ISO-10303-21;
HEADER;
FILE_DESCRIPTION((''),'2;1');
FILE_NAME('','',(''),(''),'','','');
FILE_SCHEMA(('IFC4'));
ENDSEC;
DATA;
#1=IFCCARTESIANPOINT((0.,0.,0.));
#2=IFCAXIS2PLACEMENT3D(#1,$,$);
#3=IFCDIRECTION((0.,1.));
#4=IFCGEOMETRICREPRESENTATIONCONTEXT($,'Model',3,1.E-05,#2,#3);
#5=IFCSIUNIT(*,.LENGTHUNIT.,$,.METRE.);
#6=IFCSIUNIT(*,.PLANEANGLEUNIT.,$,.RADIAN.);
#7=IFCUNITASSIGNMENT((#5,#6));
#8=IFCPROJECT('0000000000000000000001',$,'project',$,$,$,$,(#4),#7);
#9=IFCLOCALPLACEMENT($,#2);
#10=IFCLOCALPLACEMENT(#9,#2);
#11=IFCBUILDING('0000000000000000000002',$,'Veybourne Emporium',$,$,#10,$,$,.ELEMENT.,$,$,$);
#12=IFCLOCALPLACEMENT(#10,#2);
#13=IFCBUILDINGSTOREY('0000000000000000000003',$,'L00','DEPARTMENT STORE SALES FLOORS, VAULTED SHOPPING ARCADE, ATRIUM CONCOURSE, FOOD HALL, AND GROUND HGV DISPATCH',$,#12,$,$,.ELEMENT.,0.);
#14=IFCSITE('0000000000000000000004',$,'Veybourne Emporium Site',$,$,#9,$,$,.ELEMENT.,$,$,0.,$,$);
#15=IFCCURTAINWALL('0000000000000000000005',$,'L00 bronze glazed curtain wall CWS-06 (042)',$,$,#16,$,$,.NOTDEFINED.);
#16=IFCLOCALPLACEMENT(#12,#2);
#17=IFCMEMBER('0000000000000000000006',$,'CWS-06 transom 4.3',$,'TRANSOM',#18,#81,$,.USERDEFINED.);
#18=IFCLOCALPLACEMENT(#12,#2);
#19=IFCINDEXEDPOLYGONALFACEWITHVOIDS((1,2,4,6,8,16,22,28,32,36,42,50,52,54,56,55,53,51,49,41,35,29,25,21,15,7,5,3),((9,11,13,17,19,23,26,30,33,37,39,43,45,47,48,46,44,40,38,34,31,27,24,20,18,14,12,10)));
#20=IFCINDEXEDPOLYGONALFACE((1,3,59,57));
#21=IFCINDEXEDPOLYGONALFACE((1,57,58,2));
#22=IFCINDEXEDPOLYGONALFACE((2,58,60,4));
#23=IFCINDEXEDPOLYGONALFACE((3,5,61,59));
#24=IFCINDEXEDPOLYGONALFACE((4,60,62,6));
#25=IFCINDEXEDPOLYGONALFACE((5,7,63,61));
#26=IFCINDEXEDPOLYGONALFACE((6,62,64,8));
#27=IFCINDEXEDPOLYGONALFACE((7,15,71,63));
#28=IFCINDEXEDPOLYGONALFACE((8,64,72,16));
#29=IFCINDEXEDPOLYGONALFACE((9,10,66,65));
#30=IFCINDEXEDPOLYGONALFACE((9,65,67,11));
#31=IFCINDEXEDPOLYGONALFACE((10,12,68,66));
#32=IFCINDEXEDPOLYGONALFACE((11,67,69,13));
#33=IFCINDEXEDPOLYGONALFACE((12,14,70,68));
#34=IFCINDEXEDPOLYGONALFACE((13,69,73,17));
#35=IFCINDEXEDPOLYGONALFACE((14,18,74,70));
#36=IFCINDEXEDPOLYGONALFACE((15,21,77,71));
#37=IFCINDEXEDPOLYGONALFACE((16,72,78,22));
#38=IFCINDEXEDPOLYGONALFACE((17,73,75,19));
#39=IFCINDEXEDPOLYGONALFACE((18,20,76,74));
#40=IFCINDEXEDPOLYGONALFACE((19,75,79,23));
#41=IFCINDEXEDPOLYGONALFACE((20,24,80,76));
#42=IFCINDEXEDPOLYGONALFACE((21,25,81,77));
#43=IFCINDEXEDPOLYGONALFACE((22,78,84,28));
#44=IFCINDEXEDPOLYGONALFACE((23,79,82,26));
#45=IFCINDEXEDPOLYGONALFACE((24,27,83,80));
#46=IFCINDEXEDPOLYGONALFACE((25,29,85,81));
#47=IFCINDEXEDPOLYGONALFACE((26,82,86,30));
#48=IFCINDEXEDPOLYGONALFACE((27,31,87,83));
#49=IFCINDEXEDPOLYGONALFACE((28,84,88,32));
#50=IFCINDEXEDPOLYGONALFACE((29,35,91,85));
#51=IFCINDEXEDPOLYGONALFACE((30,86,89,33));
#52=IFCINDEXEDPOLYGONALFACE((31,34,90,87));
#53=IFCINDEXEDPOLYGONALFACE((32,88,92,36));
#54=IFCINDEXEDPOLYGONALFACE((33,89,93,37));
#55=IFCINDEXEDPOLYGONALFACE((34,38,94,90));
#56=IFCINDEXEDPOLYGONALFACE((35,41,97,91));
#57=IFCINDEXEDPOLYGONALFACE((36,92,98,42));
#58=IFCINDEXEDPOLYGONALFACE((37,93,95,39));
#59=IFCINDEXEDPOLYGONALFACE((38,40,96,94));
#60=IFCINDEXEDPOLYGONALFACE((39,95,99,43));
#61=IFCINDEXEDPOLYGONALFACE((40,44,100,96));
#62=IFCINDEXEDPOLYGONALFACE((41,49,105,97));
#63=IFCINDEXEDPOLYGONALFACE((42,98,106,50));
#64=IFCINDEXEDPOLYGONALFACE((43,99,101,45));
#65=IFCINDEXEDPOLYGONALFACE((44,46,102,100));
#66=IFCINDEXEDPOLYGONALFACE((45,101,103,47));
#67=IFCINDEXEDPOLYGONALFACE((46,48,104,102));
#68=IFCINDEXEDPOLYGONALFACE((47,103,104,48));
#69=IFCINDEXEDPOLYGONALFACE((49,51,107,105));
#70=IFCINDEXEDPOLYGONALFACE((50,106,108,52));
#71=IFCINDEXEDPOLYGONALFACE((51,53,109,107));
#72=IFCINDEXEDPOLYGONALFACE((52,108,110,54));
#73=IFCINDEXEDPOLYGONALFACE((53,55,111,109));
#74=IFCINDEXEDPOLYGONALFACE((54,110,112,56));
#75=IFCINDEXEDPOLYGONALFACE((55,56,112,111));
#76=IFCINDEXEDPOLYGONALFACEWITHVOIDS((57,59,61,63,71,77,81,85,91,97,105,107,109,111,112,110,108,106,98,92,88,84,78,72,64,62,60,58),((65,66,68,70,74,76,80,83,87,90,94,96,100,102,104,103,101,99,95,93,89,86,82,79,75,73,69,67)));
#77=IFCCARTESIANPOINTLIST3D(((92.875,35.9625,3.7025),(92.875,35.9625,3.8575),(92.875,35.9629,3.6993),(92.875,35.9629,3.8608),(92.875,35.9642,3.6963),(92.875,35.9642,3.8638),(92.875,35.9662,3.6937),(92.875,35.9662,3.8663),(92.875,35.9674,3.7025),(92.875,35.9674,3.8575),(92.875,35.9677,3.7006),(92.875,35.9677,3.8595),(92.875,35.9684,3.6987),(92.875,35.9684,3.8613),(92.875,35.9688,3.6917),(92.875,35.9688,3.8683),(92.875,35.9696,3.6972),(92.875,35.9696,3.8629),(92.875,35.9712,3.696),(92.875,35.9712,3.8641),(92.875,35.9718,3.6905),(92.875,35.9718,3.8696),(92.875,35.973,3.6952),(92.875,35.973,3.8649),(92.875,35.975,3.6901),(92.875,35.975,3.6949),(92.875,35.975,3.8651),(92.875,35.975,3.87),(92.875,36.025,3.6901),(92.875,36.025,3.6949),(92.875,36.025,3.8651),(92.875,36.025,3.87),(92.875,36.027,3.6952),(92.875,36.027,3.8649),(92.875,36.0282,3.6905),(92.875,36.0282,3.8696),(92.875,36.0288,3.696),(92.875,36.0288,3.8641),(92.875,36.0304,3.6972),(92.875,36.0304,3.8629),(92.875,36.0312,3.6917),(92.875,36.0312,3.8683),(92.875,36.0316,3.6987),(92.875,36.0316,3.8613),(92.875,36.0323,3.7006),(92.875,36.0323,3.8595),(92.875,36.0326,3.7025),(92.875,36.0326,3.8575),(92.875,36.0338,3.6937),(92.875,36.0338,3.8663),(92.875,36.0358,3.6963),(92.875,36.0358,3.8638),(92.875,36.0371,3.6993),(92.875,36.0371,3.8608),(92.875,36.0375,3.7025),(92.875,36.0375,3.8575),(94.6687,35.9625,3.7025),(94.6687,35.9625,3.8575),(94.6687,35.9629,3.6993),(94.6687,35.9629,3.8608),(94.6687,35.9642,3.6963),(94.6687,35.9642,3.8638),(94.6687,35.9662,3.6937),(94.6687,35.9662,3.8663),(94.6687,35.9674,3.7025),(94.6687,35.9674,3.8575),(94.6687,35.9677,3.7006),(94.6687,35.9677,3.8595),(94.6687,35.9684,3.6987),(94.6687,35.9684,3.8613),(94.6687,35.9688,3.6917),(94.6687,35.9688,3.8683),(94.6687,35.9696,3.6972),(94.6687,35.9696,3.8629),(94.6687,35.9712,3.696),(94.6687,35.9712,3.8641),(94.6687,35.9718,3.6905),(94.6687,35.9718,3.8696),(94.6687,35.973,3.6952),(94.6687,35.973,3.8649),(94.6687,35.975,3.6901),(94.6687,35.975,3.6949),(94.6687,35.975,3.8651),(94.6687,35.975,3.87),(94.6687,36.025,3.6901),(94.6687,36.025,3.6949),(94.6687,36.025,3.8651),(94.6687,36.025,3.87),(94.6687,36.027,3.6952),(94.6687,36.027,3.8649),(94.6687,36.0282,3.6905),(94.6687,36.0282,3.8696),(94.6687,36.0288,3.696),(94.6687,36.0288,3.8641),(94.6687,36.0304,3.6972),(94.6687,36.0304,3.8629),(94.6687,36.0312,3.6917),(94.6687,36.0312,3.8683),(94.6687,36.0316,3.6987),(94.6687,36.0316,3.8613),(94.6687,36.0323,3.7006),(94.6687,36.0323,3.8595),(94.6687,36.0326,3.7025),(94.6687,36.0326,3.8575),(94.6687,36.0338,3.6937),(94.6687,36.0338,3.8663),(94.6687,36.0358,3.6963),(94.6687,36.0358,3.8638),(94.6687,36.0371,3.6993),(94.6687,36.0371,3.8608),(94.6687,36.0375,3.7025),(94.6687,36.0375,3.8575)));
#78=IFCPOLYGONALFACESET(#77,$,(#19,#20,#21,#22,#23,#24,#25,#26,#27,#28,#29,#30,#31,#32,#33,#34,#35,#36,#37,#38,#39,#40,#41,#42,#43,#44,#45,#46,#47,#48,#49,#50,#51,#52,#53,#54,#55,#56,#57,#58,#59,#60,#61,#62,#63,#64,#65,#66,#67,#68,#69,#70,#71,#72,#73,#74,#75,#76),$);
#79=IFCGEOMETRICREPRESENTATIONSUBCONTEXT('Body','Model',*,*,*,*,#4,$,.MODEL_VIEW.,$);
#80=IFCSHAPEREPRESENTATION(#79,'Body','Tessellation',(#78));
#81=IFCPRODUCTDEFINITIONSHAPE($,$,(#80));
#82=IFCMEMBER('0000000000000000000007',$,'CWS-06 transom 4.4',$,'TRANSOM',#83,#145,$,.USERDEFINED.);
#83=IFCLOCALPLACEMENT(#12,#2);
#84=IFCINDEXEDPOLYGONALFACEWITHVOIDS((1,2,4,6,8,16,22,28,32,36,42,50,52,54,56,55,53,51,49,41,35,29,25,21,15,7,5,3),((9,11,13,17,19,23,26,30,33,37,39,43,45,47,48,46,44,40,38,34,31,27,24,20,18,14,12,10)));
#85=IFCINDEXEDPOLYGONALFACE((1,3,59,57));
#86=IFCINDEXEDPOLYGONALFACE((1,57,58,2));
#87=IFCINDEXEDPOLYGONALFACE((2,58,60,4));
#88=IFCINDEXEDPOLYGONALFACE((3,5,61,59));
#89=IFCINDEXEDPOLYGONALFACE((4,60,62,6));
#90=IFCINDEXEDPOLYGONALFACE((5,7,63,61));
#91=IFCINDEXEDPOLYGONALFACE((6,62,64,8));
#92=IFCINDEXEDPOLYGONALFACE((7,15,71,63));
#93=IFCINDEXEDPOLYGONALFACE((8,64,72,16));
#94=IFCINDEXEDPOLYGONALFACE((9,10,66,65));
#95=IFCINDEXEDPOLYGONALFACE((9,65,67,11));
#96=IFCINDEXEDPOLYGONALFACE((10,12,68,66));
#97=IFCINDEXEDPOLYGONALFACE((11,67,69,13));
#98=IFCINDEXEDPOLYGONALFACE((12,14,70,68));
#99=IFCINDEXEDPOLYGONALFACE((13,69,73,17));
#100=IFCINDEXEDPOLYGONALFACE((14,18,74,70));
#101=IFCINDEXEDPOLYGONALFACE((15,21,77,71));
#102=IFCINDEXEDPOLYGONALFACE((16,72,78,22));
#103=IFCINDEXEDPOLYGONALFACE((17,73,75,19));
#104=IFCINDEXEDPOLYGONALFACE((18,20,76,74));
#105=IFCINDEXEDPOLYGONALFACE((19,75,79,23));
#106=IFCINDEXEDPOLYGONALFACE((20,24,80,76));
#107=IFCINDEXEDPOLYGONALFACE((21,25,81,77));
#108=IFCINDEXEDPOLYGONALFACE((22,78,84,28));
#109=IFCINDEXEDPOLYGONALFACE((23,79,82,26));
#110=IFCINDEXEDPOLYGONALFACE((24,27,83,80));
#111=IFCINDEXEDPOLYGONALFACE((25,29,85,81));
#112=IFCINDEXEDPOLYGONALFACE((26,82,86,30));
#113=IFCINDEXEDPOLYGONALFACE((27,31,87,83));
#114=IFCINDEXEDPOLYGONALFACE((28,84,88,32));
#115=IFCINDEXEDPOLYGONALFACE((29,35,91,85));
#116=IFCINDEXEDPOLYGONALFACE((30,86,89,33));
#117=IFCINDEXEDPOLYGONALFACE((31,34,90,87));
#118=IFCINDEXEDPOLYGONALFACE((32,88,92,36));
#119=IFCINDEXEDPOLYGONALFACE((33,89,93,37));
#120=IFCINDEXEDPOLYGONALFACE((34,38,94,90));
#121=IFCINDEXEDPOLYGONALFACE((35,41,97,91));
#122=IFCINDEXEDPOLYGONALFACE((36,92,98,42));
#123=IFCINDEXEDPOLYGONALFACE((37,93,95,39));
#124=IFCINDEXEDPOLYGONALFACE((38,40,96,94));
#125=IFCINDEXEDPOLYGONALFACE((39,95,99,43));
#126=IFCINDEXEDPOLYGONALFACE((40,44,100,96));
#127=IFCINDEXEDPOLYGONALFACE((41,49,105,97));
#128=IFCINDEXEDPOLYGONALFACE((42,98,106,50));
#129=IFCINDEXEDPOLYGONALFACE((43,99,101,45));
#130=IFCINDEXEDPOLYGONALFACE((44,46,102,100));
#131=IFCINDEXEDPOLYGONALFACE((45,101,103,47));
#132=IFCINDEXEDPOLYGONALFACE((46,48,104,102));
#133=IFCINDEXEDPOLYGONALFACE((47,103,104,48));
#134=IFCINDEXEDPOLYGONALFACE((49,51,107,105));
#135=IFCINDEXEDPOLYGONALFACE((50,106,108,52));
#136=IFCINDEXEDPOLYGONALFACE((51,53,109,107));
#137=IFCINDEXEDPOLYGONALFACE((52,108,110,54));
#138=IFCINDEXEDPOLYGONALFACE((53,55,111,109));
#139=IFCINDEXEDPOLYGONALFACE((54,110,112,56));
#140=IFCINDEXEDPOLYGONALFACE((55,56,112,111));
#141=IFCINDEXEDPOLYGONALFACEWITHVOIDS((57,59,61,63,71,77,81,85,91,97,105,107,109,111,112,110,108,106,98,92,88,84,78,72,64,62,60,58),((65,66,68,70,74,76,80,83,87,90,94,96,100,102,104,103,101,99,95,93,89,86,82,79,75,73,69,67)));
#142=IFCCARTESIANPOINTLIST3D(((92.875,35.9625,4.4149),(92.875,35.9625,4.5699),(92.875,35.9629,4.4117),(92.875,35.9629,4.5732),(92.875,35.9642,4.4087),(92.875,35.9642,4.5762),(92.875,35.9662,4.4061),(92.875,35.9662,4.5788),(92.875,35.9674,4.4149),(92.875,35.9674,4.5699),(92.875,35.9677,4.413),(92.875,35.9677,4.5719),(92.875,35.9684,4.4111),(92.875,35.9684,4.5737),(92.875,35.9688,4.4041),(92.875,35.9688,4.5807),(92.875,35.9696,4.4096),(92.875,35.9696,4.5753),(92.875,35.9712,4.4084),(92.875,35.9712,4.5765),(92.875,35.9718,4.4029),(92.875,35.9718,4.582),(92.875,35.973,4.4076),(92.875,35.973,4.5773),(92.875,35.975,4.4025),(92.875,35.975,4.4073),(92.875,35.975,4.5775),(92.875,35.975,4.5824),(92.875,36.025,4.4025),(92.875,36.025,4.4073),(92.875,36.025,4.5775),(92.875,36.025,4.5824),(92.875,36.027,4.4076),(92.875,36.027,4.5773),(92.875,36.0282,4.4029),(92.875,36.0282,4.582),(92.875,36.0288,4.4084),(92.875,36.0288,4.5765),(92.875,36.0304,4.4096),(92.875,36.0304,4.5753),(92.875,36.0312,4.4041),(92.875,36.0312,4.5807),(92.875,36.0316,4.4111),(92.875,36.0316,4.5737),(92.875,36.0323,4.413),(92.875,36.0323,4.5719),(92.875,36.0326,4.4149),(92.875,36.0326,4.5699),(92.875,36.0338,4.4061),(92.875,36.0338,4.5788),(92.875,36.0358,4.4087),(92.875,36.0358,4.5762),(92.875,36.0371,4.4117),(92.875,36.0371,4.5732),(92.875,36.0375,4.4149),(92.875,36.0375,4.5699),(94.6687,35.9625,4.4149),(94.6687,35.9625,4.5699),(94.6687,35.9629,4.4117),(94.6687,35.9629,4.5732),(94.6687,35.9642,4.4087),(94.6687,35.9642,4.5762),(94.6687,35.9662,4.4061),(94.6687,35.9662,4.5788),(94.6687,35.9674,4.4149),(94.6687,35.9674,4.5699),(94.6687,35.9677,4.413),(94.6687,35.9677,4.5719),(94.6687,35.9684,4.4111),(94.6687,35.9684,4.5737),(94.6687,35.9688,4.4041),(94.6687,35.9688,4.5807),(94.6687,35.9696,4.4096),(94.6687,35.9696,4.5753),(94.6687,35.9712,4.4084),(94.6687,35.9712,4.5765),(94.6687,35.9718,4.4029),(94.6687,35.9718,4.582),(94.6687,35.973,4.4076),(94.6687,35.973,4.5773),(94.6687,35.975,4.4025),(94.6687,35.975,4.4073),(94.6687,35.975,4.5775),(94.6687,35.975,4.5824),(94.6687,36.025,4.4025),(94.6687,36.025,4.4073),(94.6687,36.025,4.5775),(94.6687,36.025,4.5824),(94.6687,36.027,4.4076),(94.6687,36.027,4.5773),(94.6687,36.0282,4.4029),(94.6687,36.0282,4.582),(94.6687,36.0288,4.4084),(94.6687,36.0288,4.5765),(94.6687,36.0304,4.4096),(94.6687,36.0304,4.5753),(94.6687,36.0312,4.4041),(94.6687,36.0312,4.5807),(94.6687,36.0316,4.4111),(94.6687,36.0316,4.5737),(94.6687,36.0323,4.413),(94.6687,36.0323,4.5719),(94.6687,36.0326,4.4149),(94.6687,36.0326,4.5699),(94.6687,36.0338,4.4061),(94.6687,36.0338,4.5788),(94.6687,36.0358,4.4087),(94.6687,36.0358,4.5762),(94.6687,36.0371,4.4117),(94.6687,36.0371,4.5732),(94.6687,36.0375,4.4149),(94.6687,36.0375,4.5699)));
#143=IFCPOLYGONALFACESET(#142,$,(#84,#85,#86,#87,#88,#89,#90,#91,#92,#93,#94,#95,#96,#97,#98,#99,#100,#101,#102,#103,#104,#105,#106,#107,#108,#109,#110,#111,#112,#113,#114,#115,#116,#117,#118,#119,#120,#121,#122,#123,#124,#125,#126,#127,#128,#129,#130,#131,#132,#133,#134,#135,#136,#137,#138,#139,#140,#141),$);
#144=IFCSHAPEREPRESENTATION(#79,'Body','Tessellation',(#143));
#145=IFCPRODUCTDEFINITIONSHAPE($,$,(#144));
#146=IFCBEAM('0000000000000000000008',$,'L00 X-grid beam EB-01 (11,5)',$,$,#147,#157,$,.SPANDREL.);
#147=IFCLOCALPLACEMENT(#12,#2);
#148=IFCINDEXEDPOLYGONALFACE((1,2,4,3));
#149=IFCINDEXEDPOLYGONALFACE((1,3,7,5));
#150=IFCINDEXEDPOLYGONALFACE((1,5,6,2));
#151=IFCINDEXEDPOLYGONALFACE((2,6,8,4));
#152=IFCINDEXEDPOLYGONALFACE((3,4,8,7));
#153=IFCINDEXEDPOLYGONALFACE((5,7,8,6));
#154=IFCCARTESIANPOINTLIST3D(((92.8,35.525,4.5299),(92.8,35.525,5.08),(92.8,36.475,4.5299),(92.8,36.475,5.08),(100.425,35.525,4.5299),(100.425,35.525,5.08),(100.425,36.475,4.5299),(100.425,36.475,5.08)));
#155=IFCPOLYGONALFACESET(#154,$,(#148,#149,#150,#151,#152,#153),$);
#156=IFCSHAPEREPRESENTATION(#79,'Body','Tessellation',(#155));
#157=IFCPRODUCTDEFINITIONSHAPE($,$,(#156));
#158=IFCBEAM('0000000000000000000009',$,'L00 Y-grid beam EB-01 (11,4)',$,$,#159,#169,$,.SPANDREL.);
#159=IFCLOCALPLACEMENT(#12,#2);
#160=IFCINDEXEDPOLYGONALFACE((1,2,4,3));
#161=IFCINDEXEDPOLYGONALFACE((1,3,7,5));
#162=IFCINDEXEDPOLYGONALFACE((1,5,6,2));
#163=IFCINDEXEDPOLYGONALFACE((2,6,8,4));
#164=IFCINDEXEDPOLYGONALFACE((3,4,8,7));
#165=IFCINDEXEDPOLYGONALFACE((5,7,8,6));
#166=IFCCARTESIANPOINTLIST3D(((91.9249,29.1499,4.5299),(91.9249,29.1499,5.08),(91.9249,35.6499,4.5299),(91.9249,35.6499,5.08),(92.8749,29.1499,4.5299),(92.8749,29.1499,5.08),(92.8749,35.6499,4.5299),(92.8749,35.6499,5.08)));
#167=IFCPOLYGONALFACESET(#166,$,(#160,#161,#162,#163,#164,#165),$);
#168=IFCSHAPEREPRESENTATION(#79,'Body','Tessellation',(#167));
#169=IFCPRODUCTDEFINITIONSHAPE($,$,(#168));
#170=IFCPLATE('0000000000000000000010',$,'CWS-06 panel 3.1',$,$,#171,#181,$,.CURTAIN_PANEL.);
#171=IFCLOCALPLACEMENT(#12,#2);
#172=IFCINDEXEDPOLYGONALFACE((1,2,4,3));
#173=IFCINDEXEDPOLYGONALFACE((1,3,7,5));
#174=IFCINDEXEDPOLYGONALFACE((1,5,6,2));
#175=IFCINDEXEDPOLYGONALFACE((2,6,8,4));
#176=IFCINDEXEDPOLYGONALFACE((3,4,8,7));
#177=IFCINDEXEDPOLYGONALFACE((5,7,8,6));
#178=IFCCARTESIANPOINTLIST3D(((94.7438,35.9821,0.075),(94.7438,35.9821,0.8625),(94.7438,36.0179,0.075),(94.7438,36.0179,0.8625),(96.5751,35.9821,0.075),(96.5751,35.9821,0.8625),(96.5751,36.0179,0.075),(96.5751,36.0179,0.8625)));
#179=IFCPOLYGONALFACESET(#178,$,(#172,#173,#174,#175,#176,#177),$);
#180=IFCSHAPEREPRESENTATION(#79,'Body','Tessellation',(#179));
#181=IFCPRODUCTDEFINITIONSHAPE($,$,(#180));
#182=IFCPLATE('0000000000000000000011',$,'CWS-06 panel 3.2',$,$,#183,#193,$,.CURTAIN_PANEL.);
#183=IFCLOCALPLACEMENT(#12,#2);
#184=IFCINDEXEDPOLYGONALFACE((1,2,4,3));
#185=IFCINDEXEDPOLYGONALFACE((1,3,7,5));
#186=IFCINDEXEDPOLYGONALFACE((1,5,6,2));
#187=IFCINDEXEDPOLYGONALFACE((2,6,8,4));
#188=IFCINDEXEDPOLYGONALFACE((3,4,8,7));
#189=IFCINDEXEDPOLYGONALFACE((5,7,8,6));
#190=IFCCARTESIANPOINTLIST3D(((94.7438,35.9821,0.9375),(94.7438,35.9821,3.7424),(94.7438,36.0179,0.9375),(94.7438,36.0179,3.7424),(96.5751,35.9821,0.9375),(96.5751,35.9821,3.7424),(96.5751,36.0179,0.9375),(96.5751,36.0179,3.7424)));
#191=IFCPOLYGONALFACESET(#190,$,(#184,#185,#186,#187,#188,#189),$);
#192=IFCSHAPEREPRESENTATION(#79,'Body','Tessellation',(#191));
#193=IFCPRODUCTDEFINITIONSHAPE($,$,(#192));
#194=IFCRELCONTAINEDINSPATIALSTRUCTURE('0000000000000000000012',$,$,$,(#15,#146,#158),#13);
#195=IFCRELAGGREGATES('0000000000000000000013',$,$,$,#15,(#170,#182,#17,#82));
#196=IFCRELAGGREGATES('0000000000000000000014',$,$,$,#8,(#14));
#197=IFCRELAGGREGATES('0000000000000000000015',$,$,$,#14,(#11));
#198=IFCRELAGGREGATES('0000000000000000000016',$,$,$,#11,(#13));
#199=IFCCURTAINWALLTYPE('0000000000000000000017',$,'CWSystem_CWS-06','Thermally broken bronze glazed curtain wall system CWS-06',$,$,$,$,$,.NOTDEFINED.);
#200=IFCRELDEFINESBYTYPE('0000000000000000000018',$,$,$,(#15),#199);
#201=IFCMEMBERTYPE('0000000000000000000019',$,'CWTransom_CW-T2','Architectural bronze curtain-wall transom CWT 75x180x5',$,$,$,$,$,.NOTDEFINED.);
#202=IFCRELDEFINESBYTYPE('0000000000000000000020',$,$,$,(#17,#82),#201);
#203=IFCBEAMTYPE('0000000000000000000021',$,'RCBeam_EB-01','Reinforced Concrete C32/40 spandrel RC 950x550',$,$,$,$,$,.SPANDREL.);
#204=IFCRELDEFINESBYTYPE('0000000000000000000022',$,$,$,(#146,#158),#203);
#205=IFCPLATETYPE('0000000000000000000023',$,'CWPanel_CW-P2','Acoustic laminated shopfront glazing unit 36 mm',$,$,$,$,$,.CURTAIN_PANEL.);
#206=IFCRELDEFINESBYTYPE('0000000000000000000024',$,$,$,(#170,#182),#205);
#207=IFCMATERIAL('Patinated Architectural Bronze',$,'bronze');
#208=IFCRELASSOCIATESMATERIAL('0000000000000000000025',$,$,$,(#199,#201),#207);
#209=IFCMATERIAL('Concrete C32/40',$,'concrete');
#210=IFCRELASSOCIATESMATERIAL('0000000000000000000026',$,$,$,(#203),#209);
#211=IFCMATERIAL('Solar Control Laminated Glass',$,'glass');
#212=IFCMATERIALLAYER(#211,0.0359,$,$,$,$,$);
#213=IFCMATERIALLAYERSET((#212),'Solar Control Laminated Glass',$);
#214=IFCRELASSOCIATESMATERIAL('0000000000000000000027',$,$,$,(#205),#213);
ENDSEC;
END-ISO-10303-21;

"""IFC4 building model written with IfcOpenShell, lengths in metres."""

from ifc_helpers import new_model, si_unit, direction, frame, origin, origin_2d, place, context, subcontext, project, spatial, rectangle, hollow_rectangle, extrude, material, layer, layer_set, material_profile, profile_set, type_object, element, aggregate, save


model = new_model("IFC4")

# Units and contexts
model_context = context("Model", 3, precision=1e-05, world=origin(), true_north=direction((0.0, 1.0)))
body_context = subcontext(model_context, "Body", "Model", "MODEL_VIEW")
ifc_project = project(units=[si_unit("LENGTHUNIT", "METRE"), si_unit("PLANEANGLEUNIT", "RADIAN")], contexts=[model_context])

# Site, building, storey
site_placement = place(None, origin())
site = spatial("IfcSite", under=ifc_project, at=site_placement, Name="Veybourne Emporium Site", CompositionType="ELEMENT", RefElevation=0.0)
building_placement = place(site_placement, origin())
building = spatial("IfcBuilding", under=site, at=building_placement, Name="Veybourne Emporium", CompositionType="ELEMENT")
storey_placement = place(building_placement, origin())
storey = spatial("IfcBuildingStorey", under=building, at=storey_placement, Name="L00", Description="DEPARTMENT STORE SALES FLOORS, VAULTED SHOPPING ARCADE, ATRIUM CONCOURSE, FOOD HALL, AND GROUND HGV DISPATCH", CompositionType="ELEMENT", Elevation=0.0)

# Curtain wall, members
ifc_material_1 = material(Name="Patinated Architectural Bronze", Category="bronze")
curtain_wall_type = type_object("IfcCurtainWallType", Name="CWSystem_CWS-06", Description="Thermally broken bronze glazed curtain wall system CWS-06", PredefinedType="NOTDEFINED", material=ifc_material_1)
curtain_wall_placement = place(storey_placement, origin())
curtain_wall = element("IfcCurtainWall", 1, at=curtain_wall_placement, inside=storey, type_object=curtain_wall_type, Name="L00 bronze glazed curtain wall CWS-06 (042)", PredefinedType="NOTDEFINED")
ifc_material_profile_1 = material_profile(ifc_material_1, hollow_rectangle(XDim=0.075, YDim=0.1799, WallThickness=0.0049, InnerFilletRadius=0.0076, OuterFilletRadius=0.0125, at=origin_2d()), Name="CWT 75x180x5")
ifc_profile_set_1 = profile_set([ifc_material_profile_1], Name="Patinated Architectural Bronze")
member_type_1 = type_object("IfcMemberType", Name="CWTransom_CW-T2", Description="Architectural bronze curtain-wall transom CWT 75x180x5", PredefinedType="NOTDEFINED", material=ifc_profile_set_1)
member_1_placement = place(storey_placement, frame((94.6687, 36.0, 3.78), z_axis=(-1.0, 0.0, 0.0), x_axis=(0.0, -1.0, 0.0)))
member_1 = element("IfcMember", 2, at=member_1_placement, type_object=member_type_1, Name="CWS-06 transom 4.3", ObjectType="TRANSOM", PredefinedType="USERDEFINED", context=body_context, shape_type="SweptSolid", body=[
    extrude(hollow_rectangle(XDim=0.075, YDim=0.1799, WallThickness=0.0049, InnerFilletRadius=0.0076, OuterFilletRadius=0.0125, at=origin_2d()), origin(), (0.0, 0.0, 1.0), 1.7937),
])
member_2_placement = place(storey_placement, frame((94.6687, 36.0, 4.4924), z_axis=(-1.0, 0.0, 0.0), x_axis=(0.0, -1.0, 0.0)))
member_2 = element("IfcMember", 3, at=member_2_placement, type_object=member_type_1, Name="CWS-06 transom 4.4", ObjectType="TRANSOM", PredefinedType="USERDEFINED", context=body_context, shape_type="SweptSolid", body=[
    extrude(hollow_rectangle(XDim=0.075, YDim=0.1799, WallThickness=0.0049, InnerFilletRadius=0.0076, OuterFilletRadius=0.0125, at=origin_2d()), origin(), (0.0, 0.0, 1.0), 1.7937),
])

# Beams
ifc_material_2 = material(Name="Concrete C32/40", Category="concrete")
ifc_material_profile_2 = material_profile(ifc_material_2, rectangle(XDim=0.95, YDim=0.55, at=origin_2d()), Name="RC 950x550")
ifc_profile_set_2 = profile_set([ifc_material_profile_2], Name="Concrete C32/40")
beam_type = type_object("IfcBeamType", Name="RCBeam_EB-01", Description="Reinforced Concrete C32/40 spandrel RC 950x550", PredefinedType="SPANDREL", material=ifc_profile_set_2)
beam_1_placement = place(storey_placement, frame((92.8, 36.0, 4.8049), z_axis=(1.0, 0.0, 0.0), x_axis=(0.0, 1.0, 0.0)))
element("IfcBeam", 4, at=beam_1_placement, inside=storey, type_object=beam_type, Name="L00 X-grid beam EB-01 (11,5)", PredefinedType="SPANDREL", context=body_context, shape_type="SweptSolid", body=[
    extrude(rectangle(XDim=0.95, YDim=0.55, at=origin_2d()), origin(), (0.0, 0.0, 1.0), 7.625),
])
beam_2_placement = place(storey_placement, frame((92.3999, 29.1499, 4.8049), z_axis=(0.0, 1.0, 0.0), x_axis=(-1.0, 0.0, 0.0)))
element("IfcBeam", 5, at=beam_2_placement, inside=storey, type_object=beam_type, Name="L00 Y-grid beam EB-01 (11,4)", PredefinedType="SPANDREL", context=body_context, shape_type="SweptSolid", body=[
    extrude(rectangle(XDim=0.95, YDim=0.55, at=origin_2d()), origin(), (0.0, 0.0, 1.0), 6.5),
])

# Plates
ifc_material_3 = material(Name="Solar Control Laminated Glass", Category="glass")
ifc_layer_1 = layer(ifc_material_3, 0.0359)
ifc_layer_set_1 = layer_set([ifc_layer_1], Name="Solar Control Laminated Glass")
plate_type = type_object("IfcPlateType", Name="CWPanel_CW-P2", Description="Acoustic laminated shopfront glazing unit 36 mm", PredefinedType="CURTAIN_PANEL", material=ifc_layer_set_1)
plate_1_placement = place(storey_placement, frame((95.6594, 36.0, 0.075), z_axis=(0.0, 0.0, 1.0), x_axis=(-1.0, 0.0, 0.0)))
plate_1 = element("IfcPlate", 6, at=plate_1_placement, type_object=plate_type, Name="CWS-06 panel 3.1", PredefinedType="CURTAIN_PANEL", context=body_context, shape_type="SweptSolid", body=[
    extrude(rectangle(XDim=1.8313, YDim=0.0359, at=origin_2d()), origin(), (0.0, 0.0, 1.0), 0.7876),
])
plate_2_placement = place(storey_placement, frame((95.6594, 36.0, 0.9375), z_axis=(0.0, 0.0, 1.0), x_axis=(-1.0, 0.0, 0.0)))
plate_2 = element("IfcPlate", 7, at=plate_2_placement, type_object=plate_type, Name="CWS-06 panel 3.2", PredefinedType="CURTAIN_PANEL", context=body_context, shape_type="SweptSolid", body=[
    extrude(rectangle(XDim=1.8313, YDim=0.0359, at=origin_2d()), origin(), (0.0, 0.0, 1.0), 2.8049),
])
aggregate(curtain_wall, [plate_1, plate_2, member_1, member_2])

save(model, "model.ifc")
